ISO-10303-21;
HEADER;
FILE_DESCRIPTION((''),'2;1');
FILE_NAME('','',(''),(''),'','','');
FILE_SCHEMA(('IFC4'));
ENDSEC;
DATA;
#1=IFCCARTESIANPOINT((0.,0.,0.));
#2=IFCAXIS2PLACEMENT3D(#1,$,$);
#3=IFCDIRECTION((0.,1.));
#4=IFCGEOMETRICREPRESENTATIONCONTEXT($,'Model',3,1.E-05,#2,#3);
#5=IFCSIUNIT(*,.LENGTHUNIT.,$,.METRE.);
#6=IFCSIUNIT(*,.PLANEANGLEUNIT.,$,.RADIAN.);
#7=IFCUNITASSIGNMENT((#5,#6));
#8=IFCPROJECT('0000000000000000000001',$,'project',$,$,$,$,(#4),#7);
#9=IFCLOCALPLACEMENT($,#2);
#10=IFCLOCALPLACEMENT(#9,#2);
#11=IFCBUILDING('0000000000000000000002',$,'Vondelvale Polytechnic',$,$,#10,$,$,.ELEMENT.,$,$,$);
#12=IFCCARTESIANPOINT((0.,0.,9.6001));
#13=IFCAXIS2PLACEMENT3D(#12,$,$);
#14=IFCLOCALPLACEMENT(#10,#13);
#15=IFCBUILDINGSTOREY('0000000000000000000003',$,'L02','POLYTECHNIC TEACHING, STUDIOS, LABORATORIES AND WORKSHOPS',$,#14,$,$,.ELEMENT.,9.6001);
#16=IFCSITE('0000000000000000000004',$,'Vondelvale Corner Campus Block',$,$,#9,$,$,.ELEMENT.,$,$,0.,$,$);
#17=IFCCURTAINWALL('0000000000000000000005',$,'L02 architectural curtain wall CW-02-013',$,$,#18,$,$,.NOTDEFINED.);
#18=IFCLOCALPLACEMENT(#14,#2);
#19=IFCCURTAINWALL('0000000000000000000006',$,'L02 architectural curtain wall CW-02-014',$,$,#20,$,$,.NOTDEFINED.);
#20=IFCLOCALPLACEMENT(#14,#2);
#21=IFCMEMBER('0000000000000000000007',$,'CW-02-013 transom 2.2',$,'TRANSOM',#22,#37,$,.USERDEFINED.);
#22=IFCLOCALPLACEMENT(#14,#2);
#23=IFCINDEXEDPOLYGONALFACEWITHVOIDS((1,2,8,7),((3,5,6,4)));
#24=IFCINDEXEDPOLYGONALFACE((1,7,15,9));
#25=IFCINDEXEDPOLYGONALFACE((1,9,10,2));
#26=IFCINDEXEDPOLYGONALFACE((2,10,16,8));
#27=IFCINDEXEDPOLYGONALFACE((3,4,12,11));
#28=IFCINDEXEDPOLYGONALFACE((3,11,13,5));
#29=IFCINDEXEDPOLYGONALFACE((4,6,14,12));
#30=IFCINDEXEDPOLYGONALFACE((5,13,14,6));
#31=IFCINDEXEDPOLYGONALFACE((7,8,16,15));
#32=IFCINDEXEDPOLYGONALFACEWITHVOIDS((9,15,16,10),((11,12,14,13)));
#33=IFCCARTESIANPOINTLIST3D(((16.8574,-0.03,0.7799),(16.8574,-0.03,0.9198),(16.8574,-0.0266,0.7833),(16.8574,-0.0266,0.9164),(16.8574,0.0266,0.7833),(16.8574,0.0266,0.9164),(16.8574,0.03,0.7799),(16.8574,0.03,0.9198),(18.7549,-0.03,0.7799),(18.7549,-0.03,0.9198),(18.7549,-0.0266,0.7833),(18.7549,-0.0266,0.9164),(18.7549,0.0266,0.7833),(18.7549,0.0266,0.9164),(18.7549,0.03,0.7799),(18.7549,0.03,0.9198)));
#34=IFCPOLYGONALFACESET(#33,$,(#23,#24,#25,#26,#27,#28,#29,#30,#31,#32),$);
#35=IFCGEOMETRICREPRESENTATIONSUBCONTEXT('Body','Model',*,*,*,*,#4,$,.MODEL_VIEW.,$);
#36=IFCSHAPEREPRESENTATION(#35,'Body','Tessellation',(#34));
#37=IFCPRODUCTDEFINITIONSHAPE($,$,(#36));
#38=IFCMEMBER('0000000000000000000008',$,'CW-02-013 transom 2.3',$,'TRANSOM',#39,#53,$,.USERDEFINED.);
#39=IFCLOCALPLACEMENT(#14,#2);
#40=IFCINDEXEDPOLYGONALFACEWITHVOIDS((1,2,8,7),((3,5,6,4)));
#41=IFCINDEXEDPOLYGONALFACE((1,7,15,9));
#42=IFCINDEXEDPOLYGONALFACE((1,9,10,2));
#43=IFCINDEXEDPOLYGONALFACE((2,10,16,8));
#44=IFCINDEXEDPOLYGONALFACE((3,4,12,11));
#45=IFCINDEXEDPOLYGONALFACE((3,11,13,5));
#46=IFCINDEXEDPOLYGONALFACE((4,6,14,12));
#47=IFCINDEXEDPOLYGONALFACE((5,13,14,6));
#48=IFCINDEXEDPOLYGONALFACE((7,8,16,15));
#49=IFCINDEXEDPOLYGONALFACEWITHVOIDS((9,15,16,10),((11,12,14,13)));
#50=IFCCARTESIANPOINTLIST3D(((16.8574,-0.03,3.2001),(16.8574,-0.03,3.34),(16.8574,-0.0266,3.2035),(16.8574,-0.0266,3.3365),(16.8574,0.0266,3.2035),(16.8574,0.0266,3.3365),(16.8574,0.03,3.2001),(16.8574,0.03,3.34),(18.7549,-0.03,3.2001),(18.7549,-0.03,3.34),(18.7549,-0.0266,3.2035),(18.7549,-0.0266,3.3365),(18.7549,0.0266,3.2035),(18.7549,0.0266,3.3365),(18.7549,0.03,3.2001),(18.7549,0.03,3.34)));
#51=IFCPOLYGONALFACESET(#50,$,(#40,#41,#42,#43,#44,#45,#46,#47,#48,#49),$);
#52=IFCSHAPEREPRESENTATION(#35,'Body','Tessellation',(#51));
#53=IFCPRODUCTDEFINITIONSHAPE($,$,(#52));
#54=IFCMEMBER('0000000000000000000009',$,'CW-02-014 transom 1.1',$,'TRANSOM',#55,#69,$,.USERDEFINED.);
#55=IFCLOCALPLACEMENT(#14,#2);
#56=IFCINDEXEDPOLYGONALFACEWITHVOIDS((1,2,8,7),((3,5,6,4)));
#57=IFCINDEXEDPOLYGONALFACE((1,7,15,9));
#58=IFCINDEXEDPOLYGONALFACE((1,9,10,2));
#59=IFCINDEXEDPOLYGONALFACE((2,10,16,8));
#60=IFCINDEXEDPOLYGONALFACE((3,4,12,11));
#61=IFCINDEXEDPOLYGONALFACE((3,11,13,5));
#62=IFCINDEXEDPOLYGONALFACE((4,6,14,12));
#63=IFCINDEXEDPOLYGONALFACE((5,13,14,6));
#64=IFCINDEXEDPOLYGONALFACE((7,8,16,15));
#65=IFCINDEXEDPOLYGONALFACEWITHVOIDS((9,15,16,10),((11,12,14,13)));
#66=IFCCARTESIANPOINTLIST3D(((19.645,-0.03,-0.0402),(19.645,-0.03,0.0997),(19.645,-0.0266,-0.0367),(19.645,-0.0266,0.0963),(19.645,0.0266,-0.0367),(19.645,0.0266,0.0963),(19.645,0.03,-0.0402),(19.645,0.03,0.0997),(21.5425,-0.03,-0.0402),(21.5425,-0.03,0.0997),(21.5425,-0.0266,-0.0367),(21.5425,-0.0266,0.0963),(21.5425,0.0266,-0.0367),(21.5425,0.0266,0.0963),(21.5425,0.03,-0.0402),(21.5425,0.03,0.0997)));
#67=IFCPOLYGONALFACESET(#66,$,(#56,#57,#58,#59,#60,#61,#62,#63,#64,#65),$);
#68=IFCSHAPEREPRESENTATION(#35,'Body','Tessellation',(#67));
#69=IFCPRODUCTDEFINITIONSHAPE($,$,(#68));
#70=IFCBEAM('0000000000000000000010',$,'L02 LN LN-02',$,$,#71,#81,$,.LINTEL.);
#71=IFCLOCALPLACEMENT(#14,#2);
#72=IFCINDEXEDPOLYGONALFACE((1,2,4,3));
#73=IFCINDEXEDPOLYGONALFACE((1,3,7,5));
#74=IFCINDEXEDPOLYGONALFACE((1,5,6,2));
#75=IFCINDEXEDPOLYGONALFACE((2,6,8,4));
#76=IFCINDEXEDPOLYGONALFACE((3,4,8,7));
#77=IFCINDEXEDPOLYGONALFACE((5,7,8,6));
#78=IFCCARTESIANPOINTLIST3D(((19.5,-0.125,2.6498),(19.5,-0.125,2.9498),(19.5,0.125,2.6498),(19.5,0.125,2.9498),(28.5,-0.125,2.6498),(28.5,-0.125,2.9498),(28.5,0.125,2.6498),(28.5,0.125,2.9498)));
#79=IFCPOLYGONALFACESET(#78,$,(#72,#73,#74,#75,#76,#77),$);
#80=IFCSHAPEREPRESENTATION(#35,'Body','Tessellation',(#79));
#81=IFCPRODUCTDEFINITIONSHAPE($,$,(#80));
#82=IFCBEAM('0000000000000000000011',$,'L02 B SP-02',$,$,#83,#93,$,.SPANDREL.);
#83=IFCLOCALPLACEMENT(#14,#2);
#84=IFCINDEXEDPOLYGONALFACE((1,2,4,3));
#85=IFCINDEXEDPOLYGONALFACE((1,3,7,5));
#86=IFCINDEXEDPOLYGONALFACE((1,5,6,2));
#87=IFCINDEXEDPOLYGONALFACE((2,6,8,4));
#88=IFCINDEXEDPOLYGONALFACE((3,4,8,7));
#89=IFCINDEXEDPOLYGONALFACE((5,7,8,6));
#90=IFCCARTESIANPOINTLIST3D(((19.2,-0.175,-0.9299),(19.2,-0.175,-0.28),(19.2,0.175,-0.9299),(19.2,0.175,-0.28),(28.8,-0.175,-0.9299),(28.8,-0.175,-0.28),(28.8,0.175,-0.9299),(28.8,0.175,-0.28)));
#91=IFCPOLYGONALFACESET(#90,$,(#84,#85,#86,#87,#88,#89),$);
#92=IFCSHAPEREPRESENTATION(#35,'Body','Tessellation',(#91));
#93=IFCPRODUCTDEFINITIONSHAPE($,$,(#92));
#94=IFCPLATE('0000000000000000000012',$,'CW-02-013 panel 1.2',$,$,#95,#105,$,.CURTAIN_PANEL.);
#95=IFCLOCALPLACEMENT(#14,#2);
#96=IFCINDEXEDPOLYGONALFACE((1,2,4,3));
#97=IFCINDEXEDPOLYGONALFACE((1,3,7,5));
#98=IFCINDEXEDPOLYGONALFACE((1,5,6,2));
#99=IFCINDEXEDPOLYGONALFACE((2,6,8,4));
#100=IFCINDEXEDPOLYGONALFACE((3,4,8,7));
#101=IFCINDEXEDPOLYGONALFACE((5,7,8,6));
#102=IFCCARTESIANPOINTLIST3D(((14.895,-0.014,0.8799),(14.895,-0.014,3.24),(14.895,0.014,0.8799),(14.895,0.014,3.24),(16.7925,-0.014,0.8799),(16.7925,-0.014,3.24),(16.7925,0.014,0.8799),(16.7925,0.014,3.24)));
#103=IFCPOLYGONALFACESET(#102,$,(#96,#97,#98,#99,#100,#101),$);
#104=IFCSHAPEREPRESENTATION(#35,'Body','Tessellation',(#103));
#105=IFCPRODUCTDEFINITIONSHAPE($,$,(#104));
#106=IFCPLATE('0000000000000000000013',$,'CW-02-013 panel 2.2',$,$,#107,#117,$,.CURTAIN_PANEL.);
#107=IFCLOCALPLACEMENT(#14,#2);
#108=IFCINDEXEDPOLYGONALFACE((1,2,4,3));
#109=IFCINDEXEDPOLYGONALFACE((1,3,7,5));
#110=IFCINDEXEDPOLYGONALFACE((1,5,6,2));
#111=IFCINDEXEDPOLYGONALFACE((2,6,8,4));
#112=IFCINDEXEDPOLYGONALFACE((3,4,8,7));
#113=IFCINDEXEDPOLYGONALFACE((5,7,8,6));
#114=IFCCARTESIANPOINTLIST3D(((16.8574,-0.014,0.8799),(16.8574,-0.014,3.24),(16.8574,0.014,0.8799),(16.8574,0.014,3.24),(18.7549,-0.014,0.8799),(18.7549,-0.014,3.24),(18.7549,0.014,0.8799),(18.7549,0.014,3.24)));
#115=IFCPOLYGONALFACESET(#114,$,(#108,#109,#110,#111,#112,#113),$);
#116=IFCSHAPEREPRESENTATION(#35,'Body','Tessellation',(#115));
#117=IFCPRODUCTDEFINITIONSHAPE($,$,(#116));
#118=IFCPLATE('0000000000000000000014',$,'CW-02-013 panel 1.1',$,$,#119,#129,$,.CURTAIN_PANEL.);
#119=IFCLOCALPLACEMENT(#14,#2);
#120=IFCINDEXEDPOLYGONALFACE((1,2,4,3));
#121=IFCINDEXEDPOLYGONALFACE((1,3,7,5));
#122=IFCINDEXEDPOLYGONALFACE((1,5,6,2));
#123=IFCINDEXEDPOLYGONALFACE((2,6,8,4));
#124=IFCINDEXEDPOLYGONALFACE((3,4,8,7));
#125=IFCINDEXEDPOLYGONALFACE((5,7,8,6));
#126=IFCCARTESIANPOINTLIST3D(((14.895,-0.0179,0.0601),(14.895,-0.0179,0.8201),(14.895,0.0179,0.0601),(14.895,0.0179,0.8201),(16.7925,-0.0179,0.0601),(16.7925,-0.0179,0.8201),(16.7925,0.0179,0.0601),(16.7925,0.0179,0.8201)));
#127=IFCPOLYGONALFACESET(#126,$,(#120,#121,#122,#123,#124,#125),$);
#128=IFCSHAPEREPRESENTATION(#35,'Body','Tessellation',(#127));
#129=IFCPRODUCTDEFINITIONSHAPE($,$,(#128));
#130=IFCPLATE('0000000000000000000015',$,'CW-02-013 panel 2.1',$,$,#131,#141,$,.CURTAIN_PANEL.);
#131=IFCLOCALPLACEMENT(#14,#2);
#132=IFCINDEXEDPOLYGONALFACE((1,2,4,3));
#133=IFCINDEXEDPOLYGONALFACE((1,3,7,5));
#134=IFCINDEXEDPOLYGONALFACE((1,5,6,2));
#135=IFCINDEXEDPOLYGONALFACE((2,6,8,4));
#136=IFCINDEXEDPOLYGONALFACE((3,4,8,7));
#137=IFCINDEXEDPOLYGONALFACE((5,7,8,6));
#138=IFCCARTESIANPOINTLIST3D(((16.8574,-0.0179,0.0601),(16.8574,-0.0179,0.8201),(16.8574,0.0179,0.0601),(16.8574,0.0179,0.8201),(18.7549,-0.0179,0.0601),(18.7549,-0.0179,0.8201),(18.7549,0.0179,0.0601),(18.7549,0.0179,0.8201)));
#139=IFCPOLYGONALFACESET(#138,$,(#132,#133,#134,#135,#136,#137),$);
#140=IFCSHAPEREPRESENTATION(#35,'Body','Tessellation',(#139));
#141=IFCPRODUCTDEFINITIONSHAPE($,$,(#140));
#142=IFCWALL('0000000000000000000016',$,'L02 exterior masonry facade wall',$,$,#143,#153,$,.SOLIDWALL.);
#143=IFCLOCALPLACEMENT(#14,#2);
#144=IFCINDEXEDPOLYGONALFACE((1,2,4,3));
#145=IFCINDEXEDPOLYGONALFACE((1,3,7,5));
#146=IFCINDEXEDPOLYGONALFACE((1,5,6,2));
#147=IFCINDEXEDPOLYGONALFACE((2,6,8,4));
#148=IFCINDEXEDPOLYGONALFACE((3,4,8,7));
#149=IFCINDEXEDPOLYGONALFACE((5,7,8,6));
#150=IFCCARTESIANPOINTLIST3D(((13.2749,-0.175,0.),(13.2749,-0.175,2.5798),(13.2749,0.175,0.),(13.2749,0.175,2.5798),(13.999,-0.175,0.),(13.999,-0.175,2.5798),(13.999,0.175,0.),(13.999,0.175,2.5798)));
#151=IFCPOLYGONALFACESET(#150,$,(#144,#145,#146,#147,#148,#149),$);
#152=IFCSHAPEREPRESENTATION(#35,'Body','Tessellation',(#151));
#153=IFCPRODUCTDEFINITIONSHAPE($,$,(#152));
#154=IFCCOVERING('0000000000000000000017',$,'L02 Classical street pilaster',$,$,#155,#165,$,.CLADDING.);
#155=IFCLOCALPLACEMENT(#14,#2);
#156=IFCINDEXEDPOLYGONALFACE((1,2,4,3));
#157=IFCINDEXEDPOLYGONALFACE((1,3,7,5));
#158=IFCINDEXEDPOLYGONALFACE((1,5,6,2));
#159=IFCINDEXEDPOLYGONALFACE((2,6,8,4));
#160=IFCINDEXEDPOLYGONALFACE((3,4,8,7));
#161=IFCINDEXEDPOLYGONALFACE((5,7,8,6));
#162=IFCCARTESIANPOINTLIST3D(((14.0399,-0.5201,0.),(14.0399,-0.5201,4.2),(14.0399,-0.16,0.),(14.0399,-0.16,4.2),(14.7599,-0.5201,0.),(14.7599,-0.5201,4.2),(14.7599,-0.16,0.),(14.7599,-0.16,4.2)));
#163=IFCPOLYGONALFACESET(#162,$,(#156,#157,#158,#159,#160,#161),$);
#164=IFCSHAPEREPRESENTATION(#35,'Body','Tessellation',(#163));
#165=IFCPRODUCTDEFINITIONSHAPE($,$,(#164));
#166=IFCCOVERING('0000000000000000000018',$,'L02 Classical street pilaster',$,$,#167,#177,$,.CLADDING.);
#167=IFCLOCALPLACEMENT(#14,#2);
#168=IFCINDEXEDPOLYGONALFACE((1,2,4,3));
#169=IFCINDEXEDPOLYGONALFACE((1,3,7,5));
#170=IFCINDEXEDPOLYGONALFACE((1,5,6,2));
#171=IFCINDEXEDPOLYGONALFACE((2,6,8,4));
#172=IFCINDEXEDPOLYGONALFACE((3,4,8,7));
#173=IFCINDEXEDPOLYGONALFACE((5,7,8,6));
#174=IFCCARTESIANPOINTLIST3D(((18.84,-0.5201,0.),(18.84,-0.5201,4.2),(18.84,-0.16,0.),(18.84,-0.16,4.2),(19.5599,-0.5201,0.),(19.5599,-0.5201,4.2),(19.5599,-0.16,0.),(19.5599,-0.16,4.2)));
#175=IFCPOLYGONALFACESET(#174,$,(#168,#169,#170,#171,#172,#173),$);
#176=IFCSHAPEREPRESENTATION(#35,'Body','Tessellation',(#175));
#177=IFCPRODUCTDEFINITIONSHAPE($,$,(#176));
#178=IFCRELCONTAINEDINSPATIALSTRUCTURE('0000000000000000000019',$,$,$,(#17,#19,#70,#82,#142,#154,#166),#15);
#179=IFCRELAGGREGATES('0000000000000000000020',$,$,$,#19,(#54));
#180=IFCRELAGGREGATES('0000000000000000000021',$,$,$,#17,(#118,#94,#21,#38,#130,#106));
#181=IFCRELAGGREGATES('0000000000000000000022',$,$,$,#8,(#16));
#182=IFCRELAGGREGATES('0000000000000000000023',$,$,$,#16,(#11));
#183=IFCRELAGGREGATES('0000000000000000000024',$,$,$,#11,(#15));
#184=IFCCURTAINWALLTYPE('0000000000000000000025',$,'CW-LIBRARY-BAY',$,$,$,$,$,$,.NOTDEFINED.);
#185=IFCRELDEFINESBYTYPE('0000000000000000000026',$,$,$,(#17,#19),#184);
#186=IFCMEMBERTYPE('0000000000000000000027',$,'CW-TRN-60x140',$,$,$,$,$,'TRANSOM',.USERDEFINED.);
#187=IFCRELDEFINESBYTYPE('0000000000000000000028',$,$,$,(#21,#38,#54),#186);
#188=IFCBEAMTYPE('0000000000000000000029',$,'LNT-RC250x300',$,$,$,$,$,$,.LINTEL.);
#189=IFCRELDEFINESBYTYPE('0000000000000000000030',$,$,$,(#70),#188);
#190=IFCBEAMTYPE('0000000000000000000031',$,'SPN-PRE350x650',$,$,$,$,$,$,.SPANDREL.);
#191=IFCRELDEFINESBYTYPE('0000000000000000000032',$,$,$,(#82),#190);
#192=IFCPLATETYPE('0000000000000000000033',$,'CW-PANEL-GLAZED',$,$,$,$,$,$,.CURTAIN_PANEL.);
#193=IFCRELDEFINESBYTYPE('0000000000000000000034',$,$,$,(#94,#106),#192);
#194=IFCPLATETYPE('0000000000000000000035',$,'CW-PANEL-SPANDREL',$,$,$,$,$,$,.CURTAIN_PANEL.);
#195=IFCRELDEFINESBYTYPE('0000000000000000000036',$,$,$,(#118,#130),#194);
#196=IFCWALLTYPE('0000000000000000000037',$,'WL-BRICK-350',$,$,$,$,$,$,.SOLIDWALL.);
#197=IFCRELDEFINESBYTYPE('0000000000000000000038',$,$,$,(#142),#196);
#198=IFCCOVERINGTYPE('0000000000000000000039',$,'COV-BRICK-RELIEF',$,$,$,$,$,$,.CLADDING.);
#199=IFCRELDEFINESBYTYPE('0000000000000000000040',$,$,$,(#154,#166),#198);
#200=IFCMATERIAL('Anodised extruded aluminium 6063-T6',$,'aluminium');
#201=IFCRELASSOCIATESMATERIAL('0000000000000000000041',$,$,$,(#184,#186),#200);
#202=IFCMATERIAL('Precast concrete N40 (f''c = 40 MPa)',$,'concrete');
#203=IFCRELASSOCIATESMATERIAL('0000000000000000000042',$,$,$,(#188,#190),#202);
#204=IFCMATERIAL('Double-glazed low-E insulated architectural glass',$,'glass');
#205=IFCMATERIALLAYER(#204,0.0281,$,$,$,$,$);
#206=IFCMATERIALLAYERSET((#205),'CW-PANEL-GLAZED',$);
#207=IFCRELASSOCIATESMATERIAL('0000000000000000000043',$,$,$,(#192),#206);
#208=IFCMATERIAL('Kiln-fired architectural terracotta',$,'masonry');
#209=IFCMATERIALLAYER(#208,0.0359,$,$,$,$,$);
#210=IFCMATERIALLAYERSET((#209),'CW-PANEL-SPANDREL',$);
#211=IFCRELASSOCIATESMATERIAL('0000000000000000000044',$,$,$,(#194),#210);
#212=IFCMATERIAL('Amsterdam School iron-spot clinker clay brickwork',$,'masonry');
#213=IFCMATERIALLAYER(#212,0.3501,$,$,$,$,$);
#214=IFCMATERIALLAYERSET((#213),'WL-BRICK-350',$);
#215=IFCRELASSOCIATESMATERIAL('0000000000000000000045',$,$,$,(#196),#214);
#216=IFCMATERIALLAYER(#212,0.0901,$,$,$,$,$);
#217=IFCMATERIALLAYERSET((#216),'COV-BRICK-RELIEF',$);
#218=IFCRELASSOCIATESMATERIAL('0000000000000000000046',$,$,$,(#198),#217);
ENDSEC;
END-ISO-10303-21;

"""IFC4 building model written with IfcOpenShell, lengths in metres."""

from ifc_helpers import new_model, si_unit, direction, frame, frame_2d, origin, origin_2d, place, context, subcontext, project, spatial, rectangle, hollow_rectangle, extrude, material, layer, layer_set, material_profile, profile_set, type_object, element, aggregate, save


model = new_model("IFC4")

# Units and contexts
model_context = context("Model", 3, precision=1e-05, world=origin(), true_north=direction((0.0, 1.0)))
body_context = subcontext(model_context, "Body", "Model", "MODEL_VIEW")
ifc_project = project(units=[si_unit("LENGTHUNIT", "METRE"), si_unit("PLANEANGLEUNIT", "RADIAN")], contexts=[model_context])

# Site, building, storey
site_placement = place(None, origin())
site = spatial("IfcSite", under=ifc_project, at=site_placement, Name="Vondelvale Corner Campus Block", CompositionType="ELEMENT", RefElevation=0.0)
building_placement = place(site_placement, origin())
building = spatial("IfcBuilding", under=site, at=building_placement, Name="Vondelvale Polytechnic", CompositionType="ELEMENT")
storey_placement = place(building_placement, frame((0.0, 0.0, 9.6001)))
storey = spatial("IfcBuildingStorey", under=building, at=storey_placement, Name="L02", Description="POLYTECHNIC TEACHING, STUDIOS, LABORATORIES AND WORKSHOPS", CompositionType="ELEMENT", Elevation=9.6001)

# Curtain wall
ifc_material_1 = material(Name="Anodised extruded aluminium 6063-T6", Category="aluminium")
curtain_wall_type = type_object("IfcCurtainWallType", Name="CW-LIBRARY-BAY", PredefinedType="NOTDEFINED", material=ifc_material_1)
curtain_wall_1_placement = place(storey_placement, origin())
curtain_wall_1 = element("IfcCurtainWall", 1, at=curtain_wall_1_placement, inside=storey, type_object=curtain_wall_type, Name="L02 architectural curtain wall CW-02-013", PredefinedType="NOTDEFINED")

# Curtain wall
curtain_wall_2_placement = place(storey_placement, origin())
curtain_wall_2 = element("IfcCurtainWall", 2, at=curtain_wall_2_placement, inside=storey, type_object=curtain_wall_type, Name="L02 architectural curtain wall CW-02-014", PredefinedType="NOTDEFINED")

# Members
ifc_material_profile_1 = material_profile(ifc_material_1, hollow_rectangle(XDim=0.0601, YDim=0.1399, WallThickness=0.0034, at=origin_2d()), Name="CW-TRN-140x60")
ifc_profile_set_1 = profile_set([ifc_material_profile_1], Name="Anodised extruded aluminium 6063-T6")
member_type_1 = type_object("IfcMemberType", Name="CW-TRN-60x140", ElementType="TRANSOM", PredefinedType="USERDEFINED", material=ifc_profile_set_1)
member_1_placement = place(storey_placement, frame((16.8574, 0.0, 0.8499), z_axis=(1.0, 0.0, 0.0), x_axis=(0.0, 1.0, 0.0)))
member_1 = element("IfcMember", 3, at=member_1_placement, type_object=member_type_1, Name="CW-02-013 transom 2.2", ObjectType="TRANSOM", PredefinedType="USERDEFINED", context=body_context, shape_type="SweptSolid", body=[
    extrude(hollow_rectangle(XDim=0.0601, YDim=0.1399, WallThickness=0.0034, at=origin_2d()), origin(), (0.0, 0.0, 1.0), 1.8975),
])
member_2_placement = place(storey_placement, frame((16.8574, 0.0, 3.27), z_axis=(1.0, 0.0, 0.0), x_axis=(0.0, 1.0, 0.0)))
member_2 = element("IfcMember", 4, at=member_2_placement, type_object=member_type_1, Name="CW-02-013 transom 2.3", ObjectType="TRANSOM", PredefinedType="USERDEFINED", context=body_context, shape_type="SweptSolid", body=[
    extrude(hollow_rectangle(XDim=0.0601, YDim=0.1399, WallThickness=0.0034, at=origin_2d()), origin(), (0.0, 0.0, 1.0), 1.8975),
])
member_3_placement = place(storey_placement, frame((19.645, 0.0, 0.0298), z_axis=(1.0, 0.0, 0.0), x_axis=(0.0, 1.0, 0.0)))
member_3 = element("IfcMember", 5, at=member_3_placement, type_object=member_type_1, Name="CW-02-014 transom 1.1", ObjectType="TRANSOM", PredefinedType="USERDEFINED", context=body_context, shape_type="SweptSolid", body=[
    extrude(hollow_rectangle(XDim=0.0601, YDim=0.1399, WallThickness=0.0034, at=origin_2d()), origin(), (0.0, 0.0, 1.0), 1.8975),
])
aggregate(curtain_wall_2, [member_3])

# Beams
ifc_material_2 = material(Name="Precast concrete N40 (f'c = 40 MPa)", Category="concrete")
ifc_material_profile_2 = material_profile(ifc_material_2, rectangle(XDim=0.25, YDim=0.3, at=origin_2d()), Name="RC-LNT-250x300")
ifc_profile_set_2 = profile_set([ifc_material_profile_2], Name="Precast concrete N40 (f'c = 40 MPa)")
beam_type_1 = type_object("IfcBeamType", Name="LNT-RC250x300", PredefinedType="LINTEL", material=ifc_profile_set_2)
beam_1_placement = place(storey_placement, frame((19.5, 0.0, 2.7998), z_axis=(1.0, 0.0, 0.0), x_axis=(0.0, 1.0, 0.0)))
element("IfcBeam", 6, at=beam_1_placement, inside=storey, type_object=beam_type_1, Name="L02 LN LN-02", PredefinedType="LINTEL", context=body_context, shape_type="SweptSolid", body=[
    extrude(rectangle(XDim=0.25, YDim=0.3, at=origin_2d()), origin(), (0.0, 0.0, 1.0), 9.0),
])
ifc_material_profile_3 = material_profile(ifc_material_2, rectangle(XDim=0.3501, YDim=0.6499, at=origin_2d()), Name="RC-SPN-350x650")
ifc_profile_set_3 = profile_set([ifc_material_profile_3], Name="Precast concrete N40 (f'c = 40 MPa)")
beam_type_2 = type_object("IfcBeamType", Name="SPN-PRE350x650", PredefinedType="SPANDREL", material=ifc_profile_set_3)
beam_2_placement = place(storey_placement, frame((19.2, 0.0, -0.605), z_axis=(1.0, 0.0, 0.0), x_axis=(0.0, 1.0, 0.0)))
element("IfcBeam", 7, at=beam_2_placement, inside=storey, type_object=beam_type_2, Name="L02 B SP-02", PredefinedType="SPANDREL", context=body_context, shape_type="SweptSolid", body=[
    extrude(rectangle(XDim=0.3501, YDim=0.6499, at=origin_2d()), origin(), (0.0, 0.0, 1.0), 9.6001),
])

# Plates
ifc_material_3 = material(Name="Double-glazed low-E insulated architectural glass", Category="glass")
ifc_layer_1 = layer(ifc_material_3, 0.0281)
ifc_layer_set_1 = layer_set([ifc_layer_1], Name="CW-PANEL-GLAZED")
plate_type_1 = type_object("IfcPlateType", Name="CW-PANEL-GLAZED", PredefinedType="CURTAIN_PANEL", material=ifc_layer_set_1)
plate_1_placement = place(storey_placement, frame((15.8438, 0.0, 0.8799), z_axis=(0.0, 0.0, 1.0), x_axis=(1.0, 0.0, 0.0)))
plate_1 = element("IfcPlate", 8, at=plate_1_placement, type_object=plate_type_1, Name="CW-02-013 panel 1.2", PredefinedType="CURTAIN_PANEL", context=body_context, shape_type="SweptSolid", body=[
    extrude(rectangle(XDim=1.8975, YDim=0.0281, at=origin_2d()), origin(), (0.0, 0.0, 1.0), 2.3601),
])
plate_2_placement = place(storey_placement, frame((17.8062, 0.0, 0.8799), z_axis=(0.0, 0.0, 1.0), x_axis=(1.0, 0.0, 0.0)))
plate_2 = element("IfcPlate", 9, at=plate_2_placement, type_object=plate_type_1, Name="CW-02-013 panel 2.2", PredefinedType="CURTAIN_PANEL", context=body_context, shape_type="SweptSolid", body=[
    extrude(rectangle(XDim=1.8975, YDim=0.0281, at=origin_2d()), origin(), (0.0, 0.0, 1.0), 2.3601),
])
ifc_material_4 = material(Name="Kiln-fired architectural terracotta", Category="masonry")
ifc_layer_2 = layer(ifc_material_4, 0.0359)
ifc_layer_set_2 = layer_set([ifc_layer_2], Name="CW-PANEL-SPANDREL")
plate_type_2 = type_object("IfcPlateType", Name="CW-PANEL-SPANDREL", PredefinedType="CURTAIN_PANEL", material=ifc_layer_set_2)
plate_3_placement = place(storey_placement, frame((15.8438, 0.0, 0.0601), z_axis=(0.0, 0.0, 1.0), x_axis=(1.0, 0.0, 0.0)))
plate_3 = element("IfcPlate", 10, at=plate_3_placement, type_object=plate_type_2, Name="CW-02-013 panel 1.1", PredefinedType="CURTAIN_PANEL", context=body_context, shape_type="SweptSolid", body=[
    extrude(rectangle(XDim=1.8975, YDim=0.0359, at=origin_2d()), origin(), (0.0, 0.0, 1.0), 0.76),
])
plate_4_placement = place(storey_placement, frame((17.8062, 0.0, 0.0601), z_axis=(0.0, 0.0, 1.0), x_axis=(1.0, 0.0, 0.0)))
plate_4 = element("IfcPlate", 11, at=plate_4_placement, type_object=plate_type_2, Name="CW-02-013 panel 2.1", PredefinedType="CURTAIN_PANEL", context=body_context, shape_type="SweptSolid", body=[
    extrude(rectangle(XDim=1.8975, YDim=0.0359, at=origin_2d()), origin(), (0.0, 0.0, 1.0), 0.76),
])
aggregate(curtain_wall_1, [plate_3, plate_1, member_1, member_2, plate_4, plate_2])

# Wall
ifc_material_5 = material(Name="Amsterdam School iron-spot clinker clay brickwork", Category="masonry")
ifc_layer_3 = layer(ifc_material_5, 0.3501)
ifc_layer_set_3 = layer_set([ifc_layer_3], Name="WL-BRICK-350")
wall_type = type_object("IfcWallType", Name="WL-BRICK-350", PredefinedType="SOLIDWALL", material=ifc_layer_set_3)
wall_placement = place(storey_placement, frame((13.999, 0.0, 0.0), z_axis=(0.0, 0.0, 1.0), x_axis=(-1.0, 0.0, 0.0)))
element("IfcWall", 12, at=wall_placement, inside=storey, type_object=wall_type, Name="L02 exterior masonry facade wall", PredefinedType="SOLIDWALL", context=body_context, shape_type="SweptSolid", body=[
    extrude(rectangle(XDim=0.7241, YDim=0.3501, at=frame_2d((0.3621, 0.0))), origin(), (0.0, 0.0, 1.0), 2.5798),
])

# Coverings
ifc_layer_4 = layer(ifc_material_5, 0.0901)
ifc_layer_set_4 = layer_set([ifc_layer_4], Name="COV-BRICK-RELIEF")
covering_type = type_object("IfcCoveringType", Name="COV-BRICK-RELIEF", PredefinedType="CLADDING", material=ifc_layer_set_4)
for number, where, z_axis, x_axis, name in (
    (13, (14.3999, -0.3401, 0.0), (0.0, 0.0, 1.0), (1.0, 0.0, 0.0), "L02 Classical street pilaster"),
    (14, (19.2, -0.3401, 0.0), (0.0, 0.0, 1.0), (1.0, 0.0, 0.0), "L02 Classical street pilaster"),
):
    element("IfcCovering", number, at=place(storey_placement, frame(where, z_axis=z_axis, x_axis=x_axis)), inside=storey, type_object=covering_type, Name=name, PredefinedType="CLADDING", context=body_context, shape_type="SweptSolid", body=[
        extrude(rectangle(XDim=0.72, YDim=0.3601, at=origin_2d()), origin(), (0.0, 0.0, 1.0), 4.2),
    ])

save(model, "model.ifc")
